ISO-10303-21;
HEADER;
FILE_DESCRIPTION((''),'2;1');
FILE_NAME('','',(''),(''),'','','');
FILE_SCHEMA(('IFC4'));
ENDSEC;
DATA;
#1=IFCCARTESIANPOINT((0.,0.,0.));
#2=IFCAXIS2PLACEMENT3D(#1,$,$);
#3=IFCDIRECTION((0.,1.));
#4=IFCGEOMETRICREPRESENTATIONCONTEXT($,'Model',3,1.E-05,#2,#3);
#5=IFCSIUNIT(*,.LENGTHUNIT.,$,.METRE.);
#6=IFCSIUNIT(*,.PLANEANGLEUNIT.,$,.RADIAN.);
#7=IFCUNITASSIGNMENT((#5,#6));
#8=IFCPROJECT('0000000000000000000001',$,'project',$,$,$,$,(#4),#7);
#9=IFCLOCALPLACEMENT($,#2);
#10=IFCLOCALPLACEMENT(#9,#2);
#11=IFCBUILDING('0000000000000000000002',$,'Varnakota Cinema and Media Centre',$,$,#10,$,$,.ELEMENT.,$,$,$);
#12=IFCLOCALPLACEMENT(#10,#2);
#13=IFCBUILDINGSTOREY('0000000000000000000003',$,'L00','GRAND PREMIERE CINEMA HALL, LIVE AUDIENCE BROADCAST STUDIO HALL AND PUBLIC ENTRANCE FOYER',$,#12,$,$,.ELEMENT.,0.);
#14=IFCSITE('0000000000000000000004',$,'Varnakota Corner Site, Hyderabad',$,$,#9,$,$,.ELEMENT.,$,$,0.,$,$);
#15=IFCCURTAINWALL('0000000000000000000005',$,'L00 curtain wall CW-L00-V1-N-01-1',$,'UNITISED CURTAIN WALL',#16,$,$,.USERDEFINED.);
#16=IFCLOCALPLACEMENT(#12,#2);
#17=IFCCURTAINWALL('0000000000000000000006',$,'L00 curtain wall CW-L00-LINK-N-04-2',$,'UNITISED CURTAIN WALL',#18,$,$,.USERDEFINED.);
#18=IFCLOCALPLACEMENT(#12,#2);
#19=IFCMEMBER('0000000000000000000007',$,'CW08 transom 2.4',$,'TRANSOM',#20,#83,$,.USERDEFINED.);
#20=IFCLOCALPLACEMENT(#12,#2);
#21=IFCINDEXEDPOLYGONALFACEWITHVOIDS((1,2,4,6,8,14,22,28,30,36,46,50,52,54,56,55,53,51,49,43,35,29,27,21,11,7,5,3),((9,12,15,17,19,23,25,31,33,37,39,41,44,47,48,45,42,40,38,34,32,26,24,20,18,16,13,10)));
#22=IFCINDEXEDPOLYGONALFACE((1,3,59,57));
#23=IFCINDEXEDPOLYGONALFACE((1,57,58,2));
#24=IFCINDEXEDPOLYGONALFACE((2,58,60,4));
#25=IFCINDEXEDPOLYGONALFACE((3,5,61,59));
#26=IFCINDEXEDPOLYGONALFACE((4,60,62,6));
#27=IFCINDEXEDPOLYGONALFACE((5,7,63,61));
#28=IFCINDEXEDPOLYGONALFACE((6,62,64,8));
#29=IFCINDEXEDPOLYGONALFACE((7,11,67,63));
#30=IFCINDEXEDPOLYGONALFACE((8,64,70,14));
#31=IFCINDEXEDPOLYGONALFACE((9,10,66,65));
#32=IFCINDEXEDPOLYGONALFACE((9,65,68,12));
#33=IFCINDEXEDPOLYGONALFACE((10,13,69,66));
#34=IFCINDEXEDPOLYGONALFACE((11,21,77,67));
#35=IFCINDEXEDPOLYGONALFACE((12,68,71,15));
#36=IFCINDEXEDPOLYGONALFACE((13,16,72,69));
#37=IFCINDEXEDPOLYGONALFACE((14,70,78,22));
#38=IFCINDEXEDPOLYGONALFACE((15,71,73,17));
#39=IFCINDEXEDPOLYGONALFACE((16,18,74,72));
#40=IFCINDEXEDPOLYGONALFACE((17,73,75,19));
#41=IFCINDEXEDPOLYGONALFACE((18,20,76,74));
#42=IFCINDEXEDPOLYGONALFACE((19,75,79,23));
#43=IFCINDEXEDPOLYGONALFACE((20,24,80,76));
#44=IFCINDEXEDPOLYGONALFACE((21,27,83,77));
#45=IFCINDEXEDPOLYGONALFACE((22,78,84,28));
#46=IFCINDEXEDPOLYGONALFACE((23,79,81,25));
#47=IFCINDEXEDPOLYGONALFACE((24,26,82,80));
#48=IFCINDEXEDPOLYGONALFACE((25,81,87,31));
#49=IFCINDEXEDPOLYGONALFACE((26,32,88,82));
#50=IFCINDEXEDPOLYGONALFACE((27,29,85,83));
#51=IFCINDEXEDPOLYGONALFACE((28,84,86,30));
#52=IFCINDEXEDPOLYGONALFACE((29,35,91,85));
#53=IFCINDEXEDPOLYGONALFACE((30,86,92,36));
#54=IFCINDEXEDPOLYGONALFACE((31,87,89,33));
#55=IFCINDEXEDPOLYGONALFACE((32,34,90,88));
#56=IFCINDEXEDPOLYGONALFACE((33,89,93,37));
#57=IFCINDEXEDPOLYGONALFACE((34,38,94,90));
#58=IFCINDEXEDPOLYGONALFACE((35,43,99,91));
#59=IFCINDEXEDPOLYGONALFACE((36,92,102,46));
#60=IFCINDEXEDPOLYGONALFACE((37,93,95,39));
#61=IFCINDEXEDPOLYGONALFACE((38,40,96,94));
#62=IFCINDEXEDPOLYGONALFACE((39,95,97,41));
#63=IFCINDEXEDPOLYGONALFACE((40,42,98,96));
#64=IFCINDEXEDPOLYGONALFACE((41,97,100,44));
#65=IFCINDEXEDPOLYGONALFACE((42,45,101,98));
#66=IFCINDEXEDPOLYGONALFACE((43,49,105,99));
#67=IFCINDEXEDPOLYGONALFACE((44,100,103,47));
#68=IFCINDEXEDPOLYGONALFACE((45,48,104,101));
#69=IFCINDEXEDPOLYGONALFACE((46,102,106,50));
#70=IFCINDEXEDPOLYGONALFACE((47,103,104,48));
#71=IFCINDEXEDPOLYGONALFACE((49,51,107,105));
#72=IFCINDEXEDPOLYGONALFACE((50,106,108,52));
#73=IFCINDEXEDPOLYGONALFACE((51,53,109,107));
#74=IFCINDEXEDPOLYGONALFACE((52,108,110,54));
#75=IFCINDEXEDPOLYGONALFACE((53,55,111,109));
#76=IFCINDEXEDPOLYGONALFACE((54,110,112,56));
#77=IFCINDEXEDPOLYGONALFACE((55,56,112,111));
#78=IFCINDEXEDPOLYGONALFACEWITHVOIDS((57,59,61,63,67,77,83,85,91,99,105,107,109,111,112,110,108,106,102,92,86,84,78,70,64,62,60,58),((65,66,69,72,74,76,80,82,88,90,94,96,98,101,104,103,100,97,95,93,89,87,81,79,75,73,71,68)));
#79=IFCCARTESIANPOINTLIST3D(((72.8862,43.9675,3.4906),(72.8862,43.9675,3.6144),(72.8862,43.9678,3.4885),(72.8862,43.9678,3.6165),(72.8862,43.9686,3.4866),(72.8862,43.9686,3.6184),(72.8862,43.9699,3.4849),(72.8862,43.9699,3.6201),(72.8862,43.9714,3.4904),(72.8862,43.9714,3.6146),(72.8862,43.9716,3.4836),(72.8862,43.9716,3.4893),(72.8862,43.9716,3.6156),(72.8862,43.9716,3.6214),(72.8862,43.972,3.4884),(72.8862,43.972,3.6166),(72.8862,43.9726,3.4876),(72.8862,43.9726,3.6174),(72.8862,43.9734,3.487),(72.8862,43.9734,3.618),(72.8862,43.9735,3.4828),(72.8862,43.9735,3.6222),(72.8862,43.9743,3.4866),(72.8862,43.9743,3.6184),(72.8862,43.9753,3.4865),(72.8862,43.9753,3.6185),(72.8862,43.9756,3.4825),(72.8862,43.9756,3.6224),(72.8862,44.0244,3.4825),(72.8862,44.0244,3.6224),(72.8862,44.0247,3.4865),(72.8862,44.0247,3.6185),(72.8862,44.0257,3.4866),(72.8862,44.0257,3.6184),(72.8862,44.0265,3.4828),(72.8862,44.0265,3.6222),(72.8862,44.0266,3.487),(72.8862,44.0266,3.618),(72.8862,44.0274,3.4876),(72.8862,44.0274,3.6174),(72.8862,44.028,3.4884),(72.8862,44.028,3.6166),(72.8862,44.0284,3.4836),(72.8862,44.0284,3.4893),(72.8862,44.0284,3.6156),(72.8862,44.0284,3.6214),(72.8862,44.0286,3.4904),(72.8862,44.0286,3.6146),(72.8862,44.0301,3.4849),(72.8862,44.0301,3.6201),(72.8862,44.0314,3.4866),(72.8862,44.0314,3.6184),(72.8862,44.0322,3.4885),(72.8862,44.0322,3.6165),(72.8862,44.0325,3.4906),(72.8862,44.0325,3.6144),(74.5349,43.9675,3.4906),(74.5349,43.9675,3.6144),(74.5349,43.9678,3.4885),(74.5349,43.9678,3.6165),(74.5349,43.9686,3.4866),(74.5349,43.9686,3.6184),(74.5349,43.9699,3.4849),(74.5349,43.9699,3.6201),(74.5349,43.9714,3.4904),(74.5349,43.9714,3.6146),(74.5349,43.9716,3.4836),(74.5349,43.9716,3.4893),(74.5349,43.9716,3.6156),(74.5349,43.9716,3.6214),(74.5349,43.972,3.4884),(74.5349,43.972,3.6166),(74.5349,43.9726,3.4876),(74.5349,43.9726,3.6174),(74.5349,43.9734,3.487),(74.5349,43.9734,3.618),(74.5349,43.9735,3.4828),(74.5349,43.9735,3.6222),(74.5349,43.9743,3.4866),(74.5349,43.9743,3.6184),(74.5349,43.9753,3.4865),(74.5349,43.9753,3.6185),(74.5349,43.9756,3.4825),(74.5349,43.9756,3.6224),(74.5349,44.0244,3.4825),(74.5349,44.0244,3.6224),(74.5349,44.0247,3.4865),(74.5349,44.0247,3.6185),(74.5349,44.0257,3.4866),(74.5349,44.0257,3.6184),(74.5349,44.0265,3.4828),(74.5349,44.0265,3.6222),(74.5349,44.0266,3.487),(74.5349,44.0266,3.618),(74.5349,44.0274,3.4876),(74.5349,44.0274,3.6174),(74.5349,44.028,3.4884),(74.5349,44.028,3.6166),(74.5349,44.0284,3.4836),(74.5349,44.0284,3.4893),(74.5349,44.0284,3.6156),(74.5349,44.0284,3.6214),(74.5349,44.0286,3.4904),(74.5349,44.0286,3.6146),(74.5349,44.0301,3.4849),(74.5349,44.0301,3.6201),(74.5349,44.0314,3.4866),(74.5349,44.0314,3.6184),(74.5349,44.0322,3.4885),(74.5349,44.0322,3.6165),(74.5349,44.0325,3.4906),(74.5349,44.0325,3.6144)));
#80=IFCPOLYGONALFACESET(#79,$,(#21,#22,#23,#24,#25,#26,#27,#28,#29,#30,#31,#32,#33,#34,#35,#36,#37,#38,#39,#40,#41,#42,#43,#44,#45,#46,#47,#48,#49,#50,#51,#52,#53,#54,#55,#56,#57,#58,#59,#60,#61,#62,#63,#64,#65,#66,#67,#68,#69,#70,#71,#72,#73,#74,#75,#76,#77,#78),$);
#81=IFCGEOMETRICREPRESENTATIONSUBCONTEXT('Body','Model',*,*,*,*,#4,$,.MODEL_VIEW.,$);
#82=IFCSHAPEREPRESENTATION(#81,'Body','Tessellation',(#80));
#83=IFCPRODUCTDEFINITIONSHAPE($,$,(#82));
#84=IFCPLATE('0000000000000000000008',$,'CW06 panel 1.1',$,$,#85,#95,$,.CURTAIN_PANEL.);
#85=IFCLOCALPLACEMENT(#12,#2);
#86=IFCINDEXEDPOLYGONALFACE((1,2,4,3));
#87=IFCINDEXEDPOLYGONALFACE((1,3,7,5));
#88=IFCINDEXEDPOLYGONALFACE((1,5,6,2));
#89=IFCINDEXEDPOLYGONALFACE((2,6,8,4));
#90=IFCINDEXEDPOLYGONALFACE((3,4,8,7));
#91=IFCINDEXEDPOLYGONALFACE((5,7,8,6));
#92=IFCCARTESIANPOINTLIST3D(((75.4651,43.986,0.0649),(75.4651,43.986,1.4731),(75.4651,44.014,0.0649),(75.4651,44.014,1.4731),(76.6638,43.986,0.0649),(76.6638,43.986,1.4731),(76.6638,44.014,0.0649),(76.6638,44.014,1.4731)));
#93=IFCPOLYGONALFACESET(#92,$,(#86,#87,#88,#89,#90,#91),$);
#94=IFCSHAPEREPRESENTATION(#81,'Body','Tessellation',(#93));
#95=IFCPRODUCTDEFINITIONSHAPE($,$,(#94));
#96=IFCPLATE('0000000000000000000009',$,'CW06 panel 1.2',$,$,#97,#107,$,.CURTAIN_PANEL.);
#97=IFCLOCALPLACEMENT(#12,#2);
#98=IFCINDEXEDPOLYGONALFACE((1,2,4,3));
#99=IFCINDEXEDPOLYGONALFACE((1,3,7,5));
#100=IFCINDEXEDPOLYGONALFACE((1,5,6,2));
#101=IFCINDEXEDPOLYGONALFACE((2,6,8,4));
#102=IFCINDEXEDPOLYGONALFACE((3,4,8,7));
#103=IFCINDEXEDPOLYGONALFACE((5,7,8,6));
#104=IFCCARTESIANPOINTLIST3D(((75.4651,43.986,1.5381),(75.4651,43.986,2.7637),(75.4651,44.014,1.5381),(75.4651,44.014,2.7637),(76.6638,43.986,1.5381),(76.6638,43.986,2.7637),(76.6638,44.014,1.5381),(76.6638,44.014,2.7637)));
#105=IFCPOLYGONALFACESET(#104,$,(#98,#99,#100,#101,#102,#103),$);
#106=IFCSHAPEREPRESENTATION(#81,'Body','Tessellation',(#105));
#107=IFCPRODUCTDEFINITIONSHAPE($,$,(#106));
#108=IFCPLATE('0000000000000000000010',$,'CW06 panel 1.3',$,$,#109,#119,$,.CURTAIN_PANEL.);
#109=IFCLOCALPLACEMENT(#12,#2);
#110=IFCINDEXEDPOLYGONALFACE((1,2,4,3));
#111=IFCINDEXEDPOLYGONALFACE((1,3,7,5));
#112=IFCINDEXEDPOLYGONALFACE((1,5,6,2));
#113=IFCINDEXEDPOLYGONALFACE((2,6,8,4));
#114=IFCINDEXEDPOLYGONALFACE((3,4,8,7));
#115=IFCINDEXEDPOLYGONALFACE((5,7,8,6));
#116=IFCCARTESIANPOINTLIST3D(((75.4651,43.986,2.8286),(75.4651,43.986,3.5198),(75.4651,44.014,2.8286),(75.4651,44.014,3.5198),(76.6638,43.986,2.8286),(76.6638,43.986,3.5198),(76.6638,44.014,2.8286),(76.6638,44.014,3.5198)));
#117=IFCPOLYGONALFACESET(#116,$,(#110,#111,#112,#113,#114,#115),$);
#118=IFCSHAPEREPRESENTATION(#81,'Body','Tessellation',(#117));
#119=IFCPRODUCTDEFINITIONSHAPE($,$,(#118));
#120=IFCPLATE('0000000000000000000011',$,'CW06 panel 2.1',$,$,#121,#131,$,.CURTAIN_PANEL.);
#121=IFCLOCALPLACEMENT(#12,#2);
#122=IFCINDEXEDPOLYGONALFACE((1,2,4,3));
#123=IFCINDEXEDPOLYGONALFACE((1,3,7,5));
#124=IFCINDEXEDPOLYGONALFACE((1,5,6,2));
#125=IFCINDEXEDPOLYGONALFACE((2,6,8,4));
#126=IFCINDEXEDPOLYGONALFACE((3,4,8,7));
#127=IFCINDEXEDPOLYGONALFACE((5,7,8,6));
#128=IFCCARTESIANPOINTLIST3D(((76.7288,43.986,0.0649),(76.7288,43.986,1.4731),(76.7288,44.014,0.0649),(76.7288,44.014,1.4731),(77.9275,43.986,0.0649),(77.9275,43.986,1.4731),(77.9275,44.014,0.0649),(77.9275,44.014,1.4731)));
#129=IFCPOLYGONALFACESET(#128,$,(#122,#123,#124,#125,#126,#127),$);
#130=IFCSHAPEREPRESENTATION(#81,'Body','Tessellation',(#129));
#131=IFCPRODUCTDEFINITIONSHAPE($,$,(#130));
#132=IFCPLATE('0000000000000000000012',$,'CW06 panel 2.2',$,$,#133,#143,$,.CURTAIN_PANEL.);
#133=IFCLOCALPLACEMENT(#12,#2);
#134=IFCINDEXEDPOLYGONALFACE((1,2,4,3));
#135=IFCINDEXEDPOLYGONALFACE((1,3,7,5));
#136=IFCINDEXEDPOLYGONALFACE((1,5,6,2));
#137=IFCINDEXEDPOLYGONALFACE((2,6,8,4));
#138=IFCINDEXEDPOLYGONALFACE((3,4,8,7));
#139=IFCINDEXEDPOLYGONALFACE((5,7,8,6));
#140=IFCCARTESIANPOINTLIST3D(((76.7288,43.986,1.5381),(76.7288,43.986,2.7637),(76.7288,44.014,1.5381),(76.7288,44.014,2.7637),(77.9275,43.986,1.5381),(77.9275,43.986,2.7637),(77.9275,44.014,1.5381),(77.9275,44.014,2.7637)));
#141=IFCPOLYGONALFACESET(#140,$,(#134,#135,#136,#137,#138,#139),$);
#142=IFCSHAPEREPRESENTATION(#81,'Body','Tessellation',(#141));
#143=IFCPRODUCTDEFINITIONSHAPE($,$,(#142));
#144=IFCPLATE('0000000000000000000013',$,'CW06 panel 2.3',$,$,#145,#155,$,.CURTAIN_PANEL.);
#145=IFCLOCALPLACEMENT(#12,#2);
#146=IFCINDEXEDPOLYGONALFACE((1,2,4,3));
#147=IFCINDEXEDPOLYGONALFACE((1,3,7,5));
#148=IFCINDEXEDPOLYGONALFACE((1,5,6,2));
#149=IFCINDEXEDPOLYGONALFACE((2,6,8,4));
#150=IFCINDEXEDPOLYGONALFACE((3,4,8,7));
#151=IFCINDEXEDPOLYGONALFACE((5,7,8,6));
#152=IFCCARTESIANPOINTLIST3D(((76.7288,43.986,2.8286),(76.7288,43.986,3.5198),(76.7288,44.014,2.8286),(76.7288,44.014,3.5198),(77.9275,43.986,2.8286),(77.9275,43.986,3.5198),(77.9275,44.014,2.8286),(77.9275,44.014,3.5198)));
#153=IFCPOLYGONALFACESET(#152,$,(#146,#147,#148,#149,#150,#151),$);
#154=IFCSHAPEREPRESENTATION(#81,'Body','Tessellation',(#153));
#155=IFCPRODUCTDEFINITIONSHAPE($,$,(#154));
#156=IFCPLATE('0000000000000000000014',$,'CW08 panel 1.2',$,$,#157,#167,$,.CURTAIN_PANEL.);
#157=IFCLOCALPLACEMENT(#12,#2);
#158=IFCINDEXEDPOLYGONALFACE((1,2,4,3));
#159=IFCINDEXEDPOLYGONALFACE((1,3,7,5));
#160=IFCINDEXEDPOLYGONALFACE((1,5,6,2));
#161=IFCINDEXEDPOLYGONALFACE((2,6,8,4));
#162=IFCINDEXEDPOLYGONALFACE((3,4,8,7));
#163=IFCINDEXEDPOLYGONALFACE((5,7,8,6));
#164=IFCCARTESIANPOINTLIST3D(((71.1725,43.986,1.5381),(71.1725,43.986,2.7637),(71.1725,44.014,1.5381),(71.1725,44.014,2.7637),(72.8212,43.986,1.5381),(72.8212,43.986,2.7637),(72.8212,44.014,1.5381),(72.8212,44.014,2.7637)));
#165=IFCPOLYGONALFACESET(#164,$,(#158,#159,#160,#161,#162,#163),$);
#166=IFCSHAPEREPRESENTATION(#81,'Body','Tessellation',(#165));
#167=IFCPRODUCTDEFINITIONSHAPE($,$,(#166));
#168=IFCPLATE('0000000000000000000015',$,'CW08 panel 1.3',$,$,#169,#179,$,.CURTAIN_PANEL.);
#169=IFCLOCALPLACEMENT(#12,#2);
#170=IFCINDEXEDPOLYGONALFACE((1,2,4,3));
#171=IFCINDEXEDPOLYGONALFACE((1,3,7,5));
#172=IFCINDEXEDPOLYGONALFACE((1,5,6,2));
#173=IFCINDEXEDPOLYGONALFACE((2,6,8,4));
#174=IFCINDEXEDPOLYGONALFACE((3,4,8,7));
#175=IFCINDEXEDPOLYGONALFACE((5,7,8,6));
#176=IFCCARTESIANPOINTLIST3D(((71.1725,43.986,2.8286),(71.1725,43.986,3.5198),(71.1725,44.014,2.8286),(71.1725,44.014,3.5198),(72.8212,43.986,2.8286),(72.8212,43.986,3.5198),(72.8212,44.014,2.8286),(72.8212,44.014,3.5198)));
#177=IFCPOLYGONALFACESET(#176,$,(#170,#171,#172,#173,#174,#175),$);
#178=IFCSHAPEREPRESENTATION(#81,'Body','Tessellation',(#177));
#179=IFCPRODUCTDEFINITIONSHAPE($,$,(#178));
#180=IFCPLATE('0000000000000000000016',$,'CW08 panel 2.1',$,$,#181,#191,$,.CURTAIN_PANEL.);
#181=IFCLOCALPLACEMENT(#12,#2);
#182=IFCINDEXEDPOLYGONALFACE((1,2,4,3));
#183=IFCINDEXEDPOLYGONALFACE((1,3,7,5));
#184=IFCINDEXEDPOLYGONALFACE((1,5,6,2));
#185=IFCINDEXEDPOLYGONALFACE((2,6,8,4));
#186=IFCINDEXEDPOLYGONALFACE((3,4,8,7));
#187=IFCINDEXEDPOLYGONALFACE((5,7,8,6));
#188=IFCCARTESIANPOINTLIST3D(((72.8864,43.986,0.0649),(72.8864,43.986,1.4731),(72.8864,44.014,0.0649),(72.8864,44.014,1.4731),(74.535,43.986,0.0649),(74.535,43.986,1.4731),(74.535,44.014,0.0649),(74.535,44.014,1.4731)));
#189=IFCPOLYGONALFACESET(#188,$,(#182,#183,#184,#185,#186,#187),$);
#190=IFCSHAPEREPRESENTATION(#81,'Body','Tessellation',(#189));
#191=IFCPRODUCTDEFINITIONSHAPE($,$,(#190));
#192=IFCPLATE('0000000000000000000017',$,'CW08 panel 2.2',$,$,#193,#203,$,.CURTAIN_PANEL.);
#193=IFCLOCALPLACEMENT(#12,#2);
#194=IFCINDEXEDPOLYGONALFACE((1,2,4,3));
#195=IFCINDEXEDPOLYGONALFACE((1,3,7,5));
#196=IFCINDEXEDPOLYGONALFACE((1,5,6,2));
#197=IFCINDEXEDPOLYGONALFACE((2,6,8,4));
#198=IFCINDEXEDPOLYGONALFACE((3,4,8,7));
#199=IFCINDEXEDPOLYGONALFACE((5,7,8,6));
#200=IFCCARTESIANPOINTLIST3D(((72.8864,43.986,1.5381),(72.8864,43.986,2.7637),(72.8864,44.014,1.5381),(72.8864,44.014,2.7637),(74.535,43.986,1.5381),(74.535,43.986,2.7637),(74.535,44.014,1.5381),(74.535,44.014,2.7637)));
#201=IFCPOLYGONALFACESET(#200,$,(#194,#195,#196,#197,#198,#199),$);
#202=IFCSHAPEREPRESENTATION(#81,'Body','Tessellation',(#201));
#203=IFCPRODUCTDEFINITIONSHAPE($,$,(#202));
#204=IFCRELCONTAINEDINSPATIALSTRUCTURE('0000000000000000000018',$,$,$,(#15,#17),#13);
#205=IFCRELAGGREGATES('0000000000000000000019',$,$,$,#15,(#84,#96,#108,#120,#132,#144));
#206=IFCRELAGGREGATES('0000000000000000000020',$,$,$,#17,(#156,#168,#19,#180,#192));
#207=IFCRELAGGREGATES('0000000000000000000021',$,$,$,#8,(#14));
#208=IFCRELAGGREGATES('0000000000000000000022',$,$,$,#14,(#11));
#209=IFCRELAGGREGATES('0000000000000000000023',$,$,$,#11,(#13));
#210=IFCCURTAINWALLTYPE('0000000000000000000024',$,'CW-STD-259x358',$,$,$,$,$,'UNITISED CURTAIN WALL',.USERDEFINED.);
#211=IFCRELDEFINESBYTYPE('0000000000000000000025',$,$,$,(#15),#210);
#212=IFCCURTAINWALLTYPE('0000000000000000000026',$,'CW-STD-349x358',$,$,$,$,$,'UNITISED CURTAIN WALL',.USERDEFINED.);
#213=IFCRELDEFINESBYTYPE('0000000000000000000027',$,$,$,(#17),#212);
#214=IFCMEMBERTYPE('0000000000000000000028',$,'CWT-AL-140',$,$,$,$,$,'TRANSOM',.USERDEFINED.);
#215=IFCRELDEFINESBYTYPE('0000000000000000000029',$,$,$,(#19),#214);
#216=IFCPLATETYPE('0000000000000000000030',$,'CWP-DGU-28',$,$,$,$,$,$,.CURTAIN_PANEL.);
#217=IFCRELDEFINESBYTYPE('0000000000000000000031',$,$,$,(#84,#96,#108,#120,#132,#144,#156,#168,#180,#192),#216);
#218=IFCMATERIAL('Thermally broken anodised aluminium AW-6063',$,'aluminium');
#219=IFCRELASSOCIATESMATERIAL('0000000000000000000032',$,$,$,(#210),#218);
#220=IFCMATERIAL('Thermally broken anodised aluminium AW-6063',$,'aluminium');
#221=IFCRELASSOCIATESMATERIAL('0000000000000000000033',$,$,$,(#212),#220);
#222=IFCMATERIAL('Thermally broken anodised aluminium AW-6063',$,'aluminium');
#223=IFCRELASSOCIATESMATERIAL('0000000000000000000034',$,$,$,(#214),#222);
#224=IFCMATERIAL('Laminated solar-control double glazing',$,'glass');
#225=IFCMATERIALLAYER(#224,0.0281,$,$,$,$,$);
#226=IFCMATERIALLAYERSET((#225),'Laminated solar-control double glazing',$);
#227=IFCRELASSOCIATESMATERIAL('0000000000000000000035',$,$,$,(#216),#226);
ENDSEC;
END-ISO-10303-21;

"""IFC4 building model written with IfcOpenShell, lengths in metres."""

from ifc_helpers import new_model, si_unit, direction, frame, origin, origin_2d, place, context, subcontext, project, spatial, rectangle, hollow_rectangle, extrude, material, layer, layer_set, material_profile, profile_set, type_object, element, aggregate, save


model = new_model("IFC4")

# Units and contexts
model_context = context("Model", 3, precision=1e-05, world=origin(), true_north=direction((0.0, 1.0)))
body_context = subcontext(model_context, "Body", "Model", "MODEL_VIEW")
ifc_project = project(units=[si_unit("LENGTHUNIT", "METRE"), si_unit("PLANEANGLEUNIT", "RADIAN")], contexts=[model_context])

# Site, building, storey
site_placement = place(None, origin())
site = spatial("IfcSite", under=ifc_project, at=site_placement, Name="Varnakota Corner Site, Hyderabad", CompositionType="ELEMENT", RefElevation=0.0)
building_placement = place(site_placement, origin())
building = spatial("IfcBuilding", under=site, at=building_placement, Name="Varnakota Cinema and Media Centre", CompositionType="ELEMENT")
storey_placement = place(building_placement, origin())
storey = spatial("IfcBuildingStorey", under=building, at=storey_placement, Name="L00", Description="GRAND PREMIERE CINEMA HALL, LIVE AUDIENCE BROADCAST STUDIO HALL AND PUBLIC ENTRANCE FOYER", CompositionType="ELEMENT", Elevation=0.0)

# Curtain walls
ifc_material_1 = material(Name="Thermally broken anodised aluminium AW-6063", Category="aluminium")
curtain_wall_type_1 = type_object("IfcCurtainWallType", Name="CW-STD-259x358", ElementType="UNITISED CURTAIN WALL", PredefinedType="USERDEFINED", material=ifc_material_1)
curtain_wall_1_placement = place(storey_placement, origin())
curtain_wall_1 = element("IfcCurtainWall", 1, at=curtain_wall_1_placement, inside=storey, type_object=curtain_wall_type_1, Name="L00 curtain wall CW-L00-V1-N-01-1", ObjectType="UNITISED CURTAIN WALL", PredefinedType="USERDEFINED")
ifc_material_2 = material(Name="Thermally broken anodised aluminium AW-6063", Category="aluminium")
curtain_wall_type_2 = type_object("IfcCurtainWallType", Name="CW-STD-349x358", ElementType="UNITISED CURTAIN WALL", PredefinedType="USERDEFINED", material=ifc_material_2)
curtain_wall_2_placement = place(storey_placement, origin())
curtain_wall_2 = element("IfcCurtainWall", 2, at=curtain_wall_2_placement, inside=storey, type_object=curtain_wall_type_2, Name="L00 curtain wall CW-L00-LINK-N-04-2", ObjectType="UNITISED CURTAIN WALL", PredefinedType="USERDEFINED")

# Member
ifc_material_3 = material(Name="Thermally broken anodised aluminium AW-6063", Category="aluminium")
ifc_material_profile_1 = material_profile(ifc_material_3, hollow_rectangle(XDim=0.0649, YDim=0.1399, WallThickness=0.0039, InnerFilletRadius=0.0039, OuterFilletRadius=0.0081, at=origin_2d()), Name="AL-TRANSOM 140x65x4")
ifc_profile_set_1 = profile_set([ifc_material_profile_1], Name="Thermally broken anodised aluminium AW-6063")
member_type_1 = type_object("IfcMemberType", Name="CWT-AL-140", ElementType="TRANSOM", PredefinedType="USERDEFINED", material=ifc_profile_set_1)
member_1_placement = place(storey_placement, frame((72.8862, 44.0, 3.5525), z_axis=(1.0, 0.0, 0.0), x_axis=(0.0, 1.0, 0.0)))
member_1 = element("IfcMember", 3, at=member_1_placement, type_object=member_type_1, Name="CW08 transom 2.4", ObjectType="TRANSOM", PredefinedType="USERDEFINED", context=body_context, shape_type="SweptSolid", body=[
    extrude(hollow_rectangle(XDim=0.0649, YDim=0.1399, WallThickness=0.0039, InnerFilletRadius=0.0039, OuterFilletRadius=0.0081, at=origin_2d()), origin(), (0.0, 0.0, 1.0), 1.6487),
])

# Plates
ifc_material_4 = material(Name="Laminated solar-control double glazing", Category="glass")
ifc_layer = layer(ifc_material_4, 0.0281)
ifc_layer_set = layer_set([ifc_layer], Name="Laminated solar-control double glazing")
plate_type = type_object("IfcPlateType", Name="CWP-DGU-28", PredefinedType="CURTAIN_PANEL", material=ifc_layer_set)
plate_1_placement = place(storey_placement, frame((76.0645, 44.0, 0.0649), z_axis=(0.0, 0.0, 1.0), x_axis=(1.0, 0.0, 0.0)))
plate_1 = element("IfcPlate", 4, at=plate_1_placement, type_object=plate_type, Name="CW06 panel 1.1", PredefinedType="CURTAIN_PANEL", context=body_context, shape_type="SweptSolid", body=[
    extrude(rectangle(XDim=1.1987, YDim=0.0281, at=origin_2d()), origin(), (0.0, 0.0, 1.0), 1.4082),
])
plate_2_placement = place(storey_placement, frame((76.0645, 44.0, 1.5381), z_axis=(0.0, 0.0, 1.0), x_axis=(1.0, 0.0, 0.0)))
plate_2 = element("IfcPlate", 5, at=plate_2_placement, type_object=plate_type, Name="CW06 panel 1.2", PredefinedType="CURTAIN_PANEL", context=body_context, shape_type="SweptSolid", body=[
    extrude(rectangle(XDim=1.1987, YDim=0.0281, at=origin_2d()), origin(), (0.0, 0.0, 1.0), 1.2256),
])
plate_3_placement = place(storey_placement, frame((76.0645, 44.0, 2.8286), z_axis=(0.0, 0.0, 1.0), x_axis=(1.0, 0.0, 0.0)))
plate_3 = element("IfcPlate", 6, at=plate_3_placement, type_object=plate_type, Name="CW06 panel 1.3", PredefinedType="CURTAIN_PANEL", context=body_context, shape_type="SweptSolid", body=[
    extrude(rectangle(XDim=1.1987, YDim=0.0281, at=origin_2d()), origin(), (0.0, 0.0, 1.0), 0.6912),
])
plate_4_placement = place(storey_placement, frame((77.3281, 44.0, 0.0649), z_axis=(0.0, 0.0, 1.0), x_axis=(1.0, 0.0, 0.0)))
plate_4 = element("IfcPlate", 7, at=plate_4_placement, type_object=plate_type, Name="CW06 panel 2.1", PredefinedType="CURTAIN_PANEL", context=body_context, shape_type="SweptSolid", body=[
    extrude(rectangle(XDim=1.1987, YDim=0.0281, at=origin_2d()), origin(), (0.0, 0.0, 1.0), 1.4082),
])
plate_5_placement = place(storey_placement, frame((77.3281, 44.0, 1.5381), z_axis=(0.0, 0.0, 1.0), x_axis=(1.0, 0.0, 0.0)))
plate_5 = element("IfcPlate", 8, at=plate_5_placement, type_object=plate_type, Name="CW06 panel 2.2", PredefinedType="CURTAIN_PANEL", context=body_context, shape_type="SweptSolid", body=[
    extrude(rectangle(XDim=1.1987, YDim=0.0281, at=origin_2d()), origin(), (0.0, 0.0, 1.0), 1.2256),
])
plate_6_placement = place(storey_placement, frame((77.3281, 44.0, 2.8286), z_axis=(0.0, 0.0, 1.0), x_axis=(1.0, 0.0, 0.0)))
plate_6 = element("IfcPlate", 9, at=plate_6_placement, type_object=plate_type, Name="CW06 panel 2.3", PredefinedType="CURTAIN_PANEL", context=body_context, shape_type="SweptSolid", body=[
    extrude(rectangle(XDim=1.1987, YDim=0.0281, at=origin_2d()), origin(), (0.0, 0.0, 1.0), 0.6912),
])
aggregate(curtain_wall_1, [plate_1, plate_2, plate_3, plate_4, plate_5, plate_6])
plate_7_placement = place(storey_placement, frame((71.9968, 44.0, 1.5381), z_axis=(0.0, 0.0, 1.0), x_axis=(1.0, 0.0, 0.0)))
plate_7 = element("IfcPlate", 10, at=plate_7_placement, type_object=plate_type, Name="CW08 panel 1.2", PredefinedType="CURTAIN_PANEL", context=body_context, shape_type="SweptSolid", body=[
    extrude(rectangle(XDim=1.6487, YDim=0.0281, at=origin_2d()), origin(), (0.0, 0.0, 1.0), 1.2256),
])
plate_8_placement = place(storey_placement, frame((71.9968, 44.0, 2.8286), z_axis=(0.0, 0.0, 1.0), x_axis=(1.0, 0.0, 0.0)))
plate_8 = element("IfcPlate", 11, at=plate_8_placement, type_object=plate_type, Name="CW08 panel 1.3", PredefinedType="CURTAIN_PANEL", context=body_context, shape_type="SweptSolid", body=[
    extrude(rectangle(XDim=1.6487, YDim=0.0281, at=origin_2d()), origin(), (0.0, 0.0, 1.0), 0.6912),
])
plate_9_placement = place(storey_placement, frame((73.7107, 44.0, 0.0649), z_axis=(0.0, 0.0, 1.0), x_axis=(1.0, 0.0, 0.0)))
plate_9 = element("IfcPlate", 12, at=plate_9_placement, type_object=plate_type, Name="CW08 panel 2.1", PredefinedType="CURTAIN_PANEL", context=body_context, shape_type="SweptSolid", body=[
    extrude(rectangle(XDim=1.6487, YDim=0.0281, at=origin_2d()), origin(), (0.0, 0.0, 1.0), 1.4082),
])
plate_10_placement = place(storey_placement, frame((73.7107, 44.0, 1.5381), z_axis=(0.0, 0.0, 1.0), x_axis=(1.0, 0.0, 0.0)))
plate_10 = element("IfcPlate", 13, at=plate_10_placement, type_object=plate_type, Name="CW08 panel 2.2", PredefinedType="CURTAIN_PANEL", context=body_context, shape_type="SweptSolid", body=[
    extrude(rectangle(XDim=1.6487, YDim=0.0281, at=origin_2d()), origin(), (0.0, 0.0, 1.0), 1.2256),
])
aggregate(curtain_wall_2, [plate_7, plate_8, member_1, plate_9, plate_10])

save(model, "model.ifc")
